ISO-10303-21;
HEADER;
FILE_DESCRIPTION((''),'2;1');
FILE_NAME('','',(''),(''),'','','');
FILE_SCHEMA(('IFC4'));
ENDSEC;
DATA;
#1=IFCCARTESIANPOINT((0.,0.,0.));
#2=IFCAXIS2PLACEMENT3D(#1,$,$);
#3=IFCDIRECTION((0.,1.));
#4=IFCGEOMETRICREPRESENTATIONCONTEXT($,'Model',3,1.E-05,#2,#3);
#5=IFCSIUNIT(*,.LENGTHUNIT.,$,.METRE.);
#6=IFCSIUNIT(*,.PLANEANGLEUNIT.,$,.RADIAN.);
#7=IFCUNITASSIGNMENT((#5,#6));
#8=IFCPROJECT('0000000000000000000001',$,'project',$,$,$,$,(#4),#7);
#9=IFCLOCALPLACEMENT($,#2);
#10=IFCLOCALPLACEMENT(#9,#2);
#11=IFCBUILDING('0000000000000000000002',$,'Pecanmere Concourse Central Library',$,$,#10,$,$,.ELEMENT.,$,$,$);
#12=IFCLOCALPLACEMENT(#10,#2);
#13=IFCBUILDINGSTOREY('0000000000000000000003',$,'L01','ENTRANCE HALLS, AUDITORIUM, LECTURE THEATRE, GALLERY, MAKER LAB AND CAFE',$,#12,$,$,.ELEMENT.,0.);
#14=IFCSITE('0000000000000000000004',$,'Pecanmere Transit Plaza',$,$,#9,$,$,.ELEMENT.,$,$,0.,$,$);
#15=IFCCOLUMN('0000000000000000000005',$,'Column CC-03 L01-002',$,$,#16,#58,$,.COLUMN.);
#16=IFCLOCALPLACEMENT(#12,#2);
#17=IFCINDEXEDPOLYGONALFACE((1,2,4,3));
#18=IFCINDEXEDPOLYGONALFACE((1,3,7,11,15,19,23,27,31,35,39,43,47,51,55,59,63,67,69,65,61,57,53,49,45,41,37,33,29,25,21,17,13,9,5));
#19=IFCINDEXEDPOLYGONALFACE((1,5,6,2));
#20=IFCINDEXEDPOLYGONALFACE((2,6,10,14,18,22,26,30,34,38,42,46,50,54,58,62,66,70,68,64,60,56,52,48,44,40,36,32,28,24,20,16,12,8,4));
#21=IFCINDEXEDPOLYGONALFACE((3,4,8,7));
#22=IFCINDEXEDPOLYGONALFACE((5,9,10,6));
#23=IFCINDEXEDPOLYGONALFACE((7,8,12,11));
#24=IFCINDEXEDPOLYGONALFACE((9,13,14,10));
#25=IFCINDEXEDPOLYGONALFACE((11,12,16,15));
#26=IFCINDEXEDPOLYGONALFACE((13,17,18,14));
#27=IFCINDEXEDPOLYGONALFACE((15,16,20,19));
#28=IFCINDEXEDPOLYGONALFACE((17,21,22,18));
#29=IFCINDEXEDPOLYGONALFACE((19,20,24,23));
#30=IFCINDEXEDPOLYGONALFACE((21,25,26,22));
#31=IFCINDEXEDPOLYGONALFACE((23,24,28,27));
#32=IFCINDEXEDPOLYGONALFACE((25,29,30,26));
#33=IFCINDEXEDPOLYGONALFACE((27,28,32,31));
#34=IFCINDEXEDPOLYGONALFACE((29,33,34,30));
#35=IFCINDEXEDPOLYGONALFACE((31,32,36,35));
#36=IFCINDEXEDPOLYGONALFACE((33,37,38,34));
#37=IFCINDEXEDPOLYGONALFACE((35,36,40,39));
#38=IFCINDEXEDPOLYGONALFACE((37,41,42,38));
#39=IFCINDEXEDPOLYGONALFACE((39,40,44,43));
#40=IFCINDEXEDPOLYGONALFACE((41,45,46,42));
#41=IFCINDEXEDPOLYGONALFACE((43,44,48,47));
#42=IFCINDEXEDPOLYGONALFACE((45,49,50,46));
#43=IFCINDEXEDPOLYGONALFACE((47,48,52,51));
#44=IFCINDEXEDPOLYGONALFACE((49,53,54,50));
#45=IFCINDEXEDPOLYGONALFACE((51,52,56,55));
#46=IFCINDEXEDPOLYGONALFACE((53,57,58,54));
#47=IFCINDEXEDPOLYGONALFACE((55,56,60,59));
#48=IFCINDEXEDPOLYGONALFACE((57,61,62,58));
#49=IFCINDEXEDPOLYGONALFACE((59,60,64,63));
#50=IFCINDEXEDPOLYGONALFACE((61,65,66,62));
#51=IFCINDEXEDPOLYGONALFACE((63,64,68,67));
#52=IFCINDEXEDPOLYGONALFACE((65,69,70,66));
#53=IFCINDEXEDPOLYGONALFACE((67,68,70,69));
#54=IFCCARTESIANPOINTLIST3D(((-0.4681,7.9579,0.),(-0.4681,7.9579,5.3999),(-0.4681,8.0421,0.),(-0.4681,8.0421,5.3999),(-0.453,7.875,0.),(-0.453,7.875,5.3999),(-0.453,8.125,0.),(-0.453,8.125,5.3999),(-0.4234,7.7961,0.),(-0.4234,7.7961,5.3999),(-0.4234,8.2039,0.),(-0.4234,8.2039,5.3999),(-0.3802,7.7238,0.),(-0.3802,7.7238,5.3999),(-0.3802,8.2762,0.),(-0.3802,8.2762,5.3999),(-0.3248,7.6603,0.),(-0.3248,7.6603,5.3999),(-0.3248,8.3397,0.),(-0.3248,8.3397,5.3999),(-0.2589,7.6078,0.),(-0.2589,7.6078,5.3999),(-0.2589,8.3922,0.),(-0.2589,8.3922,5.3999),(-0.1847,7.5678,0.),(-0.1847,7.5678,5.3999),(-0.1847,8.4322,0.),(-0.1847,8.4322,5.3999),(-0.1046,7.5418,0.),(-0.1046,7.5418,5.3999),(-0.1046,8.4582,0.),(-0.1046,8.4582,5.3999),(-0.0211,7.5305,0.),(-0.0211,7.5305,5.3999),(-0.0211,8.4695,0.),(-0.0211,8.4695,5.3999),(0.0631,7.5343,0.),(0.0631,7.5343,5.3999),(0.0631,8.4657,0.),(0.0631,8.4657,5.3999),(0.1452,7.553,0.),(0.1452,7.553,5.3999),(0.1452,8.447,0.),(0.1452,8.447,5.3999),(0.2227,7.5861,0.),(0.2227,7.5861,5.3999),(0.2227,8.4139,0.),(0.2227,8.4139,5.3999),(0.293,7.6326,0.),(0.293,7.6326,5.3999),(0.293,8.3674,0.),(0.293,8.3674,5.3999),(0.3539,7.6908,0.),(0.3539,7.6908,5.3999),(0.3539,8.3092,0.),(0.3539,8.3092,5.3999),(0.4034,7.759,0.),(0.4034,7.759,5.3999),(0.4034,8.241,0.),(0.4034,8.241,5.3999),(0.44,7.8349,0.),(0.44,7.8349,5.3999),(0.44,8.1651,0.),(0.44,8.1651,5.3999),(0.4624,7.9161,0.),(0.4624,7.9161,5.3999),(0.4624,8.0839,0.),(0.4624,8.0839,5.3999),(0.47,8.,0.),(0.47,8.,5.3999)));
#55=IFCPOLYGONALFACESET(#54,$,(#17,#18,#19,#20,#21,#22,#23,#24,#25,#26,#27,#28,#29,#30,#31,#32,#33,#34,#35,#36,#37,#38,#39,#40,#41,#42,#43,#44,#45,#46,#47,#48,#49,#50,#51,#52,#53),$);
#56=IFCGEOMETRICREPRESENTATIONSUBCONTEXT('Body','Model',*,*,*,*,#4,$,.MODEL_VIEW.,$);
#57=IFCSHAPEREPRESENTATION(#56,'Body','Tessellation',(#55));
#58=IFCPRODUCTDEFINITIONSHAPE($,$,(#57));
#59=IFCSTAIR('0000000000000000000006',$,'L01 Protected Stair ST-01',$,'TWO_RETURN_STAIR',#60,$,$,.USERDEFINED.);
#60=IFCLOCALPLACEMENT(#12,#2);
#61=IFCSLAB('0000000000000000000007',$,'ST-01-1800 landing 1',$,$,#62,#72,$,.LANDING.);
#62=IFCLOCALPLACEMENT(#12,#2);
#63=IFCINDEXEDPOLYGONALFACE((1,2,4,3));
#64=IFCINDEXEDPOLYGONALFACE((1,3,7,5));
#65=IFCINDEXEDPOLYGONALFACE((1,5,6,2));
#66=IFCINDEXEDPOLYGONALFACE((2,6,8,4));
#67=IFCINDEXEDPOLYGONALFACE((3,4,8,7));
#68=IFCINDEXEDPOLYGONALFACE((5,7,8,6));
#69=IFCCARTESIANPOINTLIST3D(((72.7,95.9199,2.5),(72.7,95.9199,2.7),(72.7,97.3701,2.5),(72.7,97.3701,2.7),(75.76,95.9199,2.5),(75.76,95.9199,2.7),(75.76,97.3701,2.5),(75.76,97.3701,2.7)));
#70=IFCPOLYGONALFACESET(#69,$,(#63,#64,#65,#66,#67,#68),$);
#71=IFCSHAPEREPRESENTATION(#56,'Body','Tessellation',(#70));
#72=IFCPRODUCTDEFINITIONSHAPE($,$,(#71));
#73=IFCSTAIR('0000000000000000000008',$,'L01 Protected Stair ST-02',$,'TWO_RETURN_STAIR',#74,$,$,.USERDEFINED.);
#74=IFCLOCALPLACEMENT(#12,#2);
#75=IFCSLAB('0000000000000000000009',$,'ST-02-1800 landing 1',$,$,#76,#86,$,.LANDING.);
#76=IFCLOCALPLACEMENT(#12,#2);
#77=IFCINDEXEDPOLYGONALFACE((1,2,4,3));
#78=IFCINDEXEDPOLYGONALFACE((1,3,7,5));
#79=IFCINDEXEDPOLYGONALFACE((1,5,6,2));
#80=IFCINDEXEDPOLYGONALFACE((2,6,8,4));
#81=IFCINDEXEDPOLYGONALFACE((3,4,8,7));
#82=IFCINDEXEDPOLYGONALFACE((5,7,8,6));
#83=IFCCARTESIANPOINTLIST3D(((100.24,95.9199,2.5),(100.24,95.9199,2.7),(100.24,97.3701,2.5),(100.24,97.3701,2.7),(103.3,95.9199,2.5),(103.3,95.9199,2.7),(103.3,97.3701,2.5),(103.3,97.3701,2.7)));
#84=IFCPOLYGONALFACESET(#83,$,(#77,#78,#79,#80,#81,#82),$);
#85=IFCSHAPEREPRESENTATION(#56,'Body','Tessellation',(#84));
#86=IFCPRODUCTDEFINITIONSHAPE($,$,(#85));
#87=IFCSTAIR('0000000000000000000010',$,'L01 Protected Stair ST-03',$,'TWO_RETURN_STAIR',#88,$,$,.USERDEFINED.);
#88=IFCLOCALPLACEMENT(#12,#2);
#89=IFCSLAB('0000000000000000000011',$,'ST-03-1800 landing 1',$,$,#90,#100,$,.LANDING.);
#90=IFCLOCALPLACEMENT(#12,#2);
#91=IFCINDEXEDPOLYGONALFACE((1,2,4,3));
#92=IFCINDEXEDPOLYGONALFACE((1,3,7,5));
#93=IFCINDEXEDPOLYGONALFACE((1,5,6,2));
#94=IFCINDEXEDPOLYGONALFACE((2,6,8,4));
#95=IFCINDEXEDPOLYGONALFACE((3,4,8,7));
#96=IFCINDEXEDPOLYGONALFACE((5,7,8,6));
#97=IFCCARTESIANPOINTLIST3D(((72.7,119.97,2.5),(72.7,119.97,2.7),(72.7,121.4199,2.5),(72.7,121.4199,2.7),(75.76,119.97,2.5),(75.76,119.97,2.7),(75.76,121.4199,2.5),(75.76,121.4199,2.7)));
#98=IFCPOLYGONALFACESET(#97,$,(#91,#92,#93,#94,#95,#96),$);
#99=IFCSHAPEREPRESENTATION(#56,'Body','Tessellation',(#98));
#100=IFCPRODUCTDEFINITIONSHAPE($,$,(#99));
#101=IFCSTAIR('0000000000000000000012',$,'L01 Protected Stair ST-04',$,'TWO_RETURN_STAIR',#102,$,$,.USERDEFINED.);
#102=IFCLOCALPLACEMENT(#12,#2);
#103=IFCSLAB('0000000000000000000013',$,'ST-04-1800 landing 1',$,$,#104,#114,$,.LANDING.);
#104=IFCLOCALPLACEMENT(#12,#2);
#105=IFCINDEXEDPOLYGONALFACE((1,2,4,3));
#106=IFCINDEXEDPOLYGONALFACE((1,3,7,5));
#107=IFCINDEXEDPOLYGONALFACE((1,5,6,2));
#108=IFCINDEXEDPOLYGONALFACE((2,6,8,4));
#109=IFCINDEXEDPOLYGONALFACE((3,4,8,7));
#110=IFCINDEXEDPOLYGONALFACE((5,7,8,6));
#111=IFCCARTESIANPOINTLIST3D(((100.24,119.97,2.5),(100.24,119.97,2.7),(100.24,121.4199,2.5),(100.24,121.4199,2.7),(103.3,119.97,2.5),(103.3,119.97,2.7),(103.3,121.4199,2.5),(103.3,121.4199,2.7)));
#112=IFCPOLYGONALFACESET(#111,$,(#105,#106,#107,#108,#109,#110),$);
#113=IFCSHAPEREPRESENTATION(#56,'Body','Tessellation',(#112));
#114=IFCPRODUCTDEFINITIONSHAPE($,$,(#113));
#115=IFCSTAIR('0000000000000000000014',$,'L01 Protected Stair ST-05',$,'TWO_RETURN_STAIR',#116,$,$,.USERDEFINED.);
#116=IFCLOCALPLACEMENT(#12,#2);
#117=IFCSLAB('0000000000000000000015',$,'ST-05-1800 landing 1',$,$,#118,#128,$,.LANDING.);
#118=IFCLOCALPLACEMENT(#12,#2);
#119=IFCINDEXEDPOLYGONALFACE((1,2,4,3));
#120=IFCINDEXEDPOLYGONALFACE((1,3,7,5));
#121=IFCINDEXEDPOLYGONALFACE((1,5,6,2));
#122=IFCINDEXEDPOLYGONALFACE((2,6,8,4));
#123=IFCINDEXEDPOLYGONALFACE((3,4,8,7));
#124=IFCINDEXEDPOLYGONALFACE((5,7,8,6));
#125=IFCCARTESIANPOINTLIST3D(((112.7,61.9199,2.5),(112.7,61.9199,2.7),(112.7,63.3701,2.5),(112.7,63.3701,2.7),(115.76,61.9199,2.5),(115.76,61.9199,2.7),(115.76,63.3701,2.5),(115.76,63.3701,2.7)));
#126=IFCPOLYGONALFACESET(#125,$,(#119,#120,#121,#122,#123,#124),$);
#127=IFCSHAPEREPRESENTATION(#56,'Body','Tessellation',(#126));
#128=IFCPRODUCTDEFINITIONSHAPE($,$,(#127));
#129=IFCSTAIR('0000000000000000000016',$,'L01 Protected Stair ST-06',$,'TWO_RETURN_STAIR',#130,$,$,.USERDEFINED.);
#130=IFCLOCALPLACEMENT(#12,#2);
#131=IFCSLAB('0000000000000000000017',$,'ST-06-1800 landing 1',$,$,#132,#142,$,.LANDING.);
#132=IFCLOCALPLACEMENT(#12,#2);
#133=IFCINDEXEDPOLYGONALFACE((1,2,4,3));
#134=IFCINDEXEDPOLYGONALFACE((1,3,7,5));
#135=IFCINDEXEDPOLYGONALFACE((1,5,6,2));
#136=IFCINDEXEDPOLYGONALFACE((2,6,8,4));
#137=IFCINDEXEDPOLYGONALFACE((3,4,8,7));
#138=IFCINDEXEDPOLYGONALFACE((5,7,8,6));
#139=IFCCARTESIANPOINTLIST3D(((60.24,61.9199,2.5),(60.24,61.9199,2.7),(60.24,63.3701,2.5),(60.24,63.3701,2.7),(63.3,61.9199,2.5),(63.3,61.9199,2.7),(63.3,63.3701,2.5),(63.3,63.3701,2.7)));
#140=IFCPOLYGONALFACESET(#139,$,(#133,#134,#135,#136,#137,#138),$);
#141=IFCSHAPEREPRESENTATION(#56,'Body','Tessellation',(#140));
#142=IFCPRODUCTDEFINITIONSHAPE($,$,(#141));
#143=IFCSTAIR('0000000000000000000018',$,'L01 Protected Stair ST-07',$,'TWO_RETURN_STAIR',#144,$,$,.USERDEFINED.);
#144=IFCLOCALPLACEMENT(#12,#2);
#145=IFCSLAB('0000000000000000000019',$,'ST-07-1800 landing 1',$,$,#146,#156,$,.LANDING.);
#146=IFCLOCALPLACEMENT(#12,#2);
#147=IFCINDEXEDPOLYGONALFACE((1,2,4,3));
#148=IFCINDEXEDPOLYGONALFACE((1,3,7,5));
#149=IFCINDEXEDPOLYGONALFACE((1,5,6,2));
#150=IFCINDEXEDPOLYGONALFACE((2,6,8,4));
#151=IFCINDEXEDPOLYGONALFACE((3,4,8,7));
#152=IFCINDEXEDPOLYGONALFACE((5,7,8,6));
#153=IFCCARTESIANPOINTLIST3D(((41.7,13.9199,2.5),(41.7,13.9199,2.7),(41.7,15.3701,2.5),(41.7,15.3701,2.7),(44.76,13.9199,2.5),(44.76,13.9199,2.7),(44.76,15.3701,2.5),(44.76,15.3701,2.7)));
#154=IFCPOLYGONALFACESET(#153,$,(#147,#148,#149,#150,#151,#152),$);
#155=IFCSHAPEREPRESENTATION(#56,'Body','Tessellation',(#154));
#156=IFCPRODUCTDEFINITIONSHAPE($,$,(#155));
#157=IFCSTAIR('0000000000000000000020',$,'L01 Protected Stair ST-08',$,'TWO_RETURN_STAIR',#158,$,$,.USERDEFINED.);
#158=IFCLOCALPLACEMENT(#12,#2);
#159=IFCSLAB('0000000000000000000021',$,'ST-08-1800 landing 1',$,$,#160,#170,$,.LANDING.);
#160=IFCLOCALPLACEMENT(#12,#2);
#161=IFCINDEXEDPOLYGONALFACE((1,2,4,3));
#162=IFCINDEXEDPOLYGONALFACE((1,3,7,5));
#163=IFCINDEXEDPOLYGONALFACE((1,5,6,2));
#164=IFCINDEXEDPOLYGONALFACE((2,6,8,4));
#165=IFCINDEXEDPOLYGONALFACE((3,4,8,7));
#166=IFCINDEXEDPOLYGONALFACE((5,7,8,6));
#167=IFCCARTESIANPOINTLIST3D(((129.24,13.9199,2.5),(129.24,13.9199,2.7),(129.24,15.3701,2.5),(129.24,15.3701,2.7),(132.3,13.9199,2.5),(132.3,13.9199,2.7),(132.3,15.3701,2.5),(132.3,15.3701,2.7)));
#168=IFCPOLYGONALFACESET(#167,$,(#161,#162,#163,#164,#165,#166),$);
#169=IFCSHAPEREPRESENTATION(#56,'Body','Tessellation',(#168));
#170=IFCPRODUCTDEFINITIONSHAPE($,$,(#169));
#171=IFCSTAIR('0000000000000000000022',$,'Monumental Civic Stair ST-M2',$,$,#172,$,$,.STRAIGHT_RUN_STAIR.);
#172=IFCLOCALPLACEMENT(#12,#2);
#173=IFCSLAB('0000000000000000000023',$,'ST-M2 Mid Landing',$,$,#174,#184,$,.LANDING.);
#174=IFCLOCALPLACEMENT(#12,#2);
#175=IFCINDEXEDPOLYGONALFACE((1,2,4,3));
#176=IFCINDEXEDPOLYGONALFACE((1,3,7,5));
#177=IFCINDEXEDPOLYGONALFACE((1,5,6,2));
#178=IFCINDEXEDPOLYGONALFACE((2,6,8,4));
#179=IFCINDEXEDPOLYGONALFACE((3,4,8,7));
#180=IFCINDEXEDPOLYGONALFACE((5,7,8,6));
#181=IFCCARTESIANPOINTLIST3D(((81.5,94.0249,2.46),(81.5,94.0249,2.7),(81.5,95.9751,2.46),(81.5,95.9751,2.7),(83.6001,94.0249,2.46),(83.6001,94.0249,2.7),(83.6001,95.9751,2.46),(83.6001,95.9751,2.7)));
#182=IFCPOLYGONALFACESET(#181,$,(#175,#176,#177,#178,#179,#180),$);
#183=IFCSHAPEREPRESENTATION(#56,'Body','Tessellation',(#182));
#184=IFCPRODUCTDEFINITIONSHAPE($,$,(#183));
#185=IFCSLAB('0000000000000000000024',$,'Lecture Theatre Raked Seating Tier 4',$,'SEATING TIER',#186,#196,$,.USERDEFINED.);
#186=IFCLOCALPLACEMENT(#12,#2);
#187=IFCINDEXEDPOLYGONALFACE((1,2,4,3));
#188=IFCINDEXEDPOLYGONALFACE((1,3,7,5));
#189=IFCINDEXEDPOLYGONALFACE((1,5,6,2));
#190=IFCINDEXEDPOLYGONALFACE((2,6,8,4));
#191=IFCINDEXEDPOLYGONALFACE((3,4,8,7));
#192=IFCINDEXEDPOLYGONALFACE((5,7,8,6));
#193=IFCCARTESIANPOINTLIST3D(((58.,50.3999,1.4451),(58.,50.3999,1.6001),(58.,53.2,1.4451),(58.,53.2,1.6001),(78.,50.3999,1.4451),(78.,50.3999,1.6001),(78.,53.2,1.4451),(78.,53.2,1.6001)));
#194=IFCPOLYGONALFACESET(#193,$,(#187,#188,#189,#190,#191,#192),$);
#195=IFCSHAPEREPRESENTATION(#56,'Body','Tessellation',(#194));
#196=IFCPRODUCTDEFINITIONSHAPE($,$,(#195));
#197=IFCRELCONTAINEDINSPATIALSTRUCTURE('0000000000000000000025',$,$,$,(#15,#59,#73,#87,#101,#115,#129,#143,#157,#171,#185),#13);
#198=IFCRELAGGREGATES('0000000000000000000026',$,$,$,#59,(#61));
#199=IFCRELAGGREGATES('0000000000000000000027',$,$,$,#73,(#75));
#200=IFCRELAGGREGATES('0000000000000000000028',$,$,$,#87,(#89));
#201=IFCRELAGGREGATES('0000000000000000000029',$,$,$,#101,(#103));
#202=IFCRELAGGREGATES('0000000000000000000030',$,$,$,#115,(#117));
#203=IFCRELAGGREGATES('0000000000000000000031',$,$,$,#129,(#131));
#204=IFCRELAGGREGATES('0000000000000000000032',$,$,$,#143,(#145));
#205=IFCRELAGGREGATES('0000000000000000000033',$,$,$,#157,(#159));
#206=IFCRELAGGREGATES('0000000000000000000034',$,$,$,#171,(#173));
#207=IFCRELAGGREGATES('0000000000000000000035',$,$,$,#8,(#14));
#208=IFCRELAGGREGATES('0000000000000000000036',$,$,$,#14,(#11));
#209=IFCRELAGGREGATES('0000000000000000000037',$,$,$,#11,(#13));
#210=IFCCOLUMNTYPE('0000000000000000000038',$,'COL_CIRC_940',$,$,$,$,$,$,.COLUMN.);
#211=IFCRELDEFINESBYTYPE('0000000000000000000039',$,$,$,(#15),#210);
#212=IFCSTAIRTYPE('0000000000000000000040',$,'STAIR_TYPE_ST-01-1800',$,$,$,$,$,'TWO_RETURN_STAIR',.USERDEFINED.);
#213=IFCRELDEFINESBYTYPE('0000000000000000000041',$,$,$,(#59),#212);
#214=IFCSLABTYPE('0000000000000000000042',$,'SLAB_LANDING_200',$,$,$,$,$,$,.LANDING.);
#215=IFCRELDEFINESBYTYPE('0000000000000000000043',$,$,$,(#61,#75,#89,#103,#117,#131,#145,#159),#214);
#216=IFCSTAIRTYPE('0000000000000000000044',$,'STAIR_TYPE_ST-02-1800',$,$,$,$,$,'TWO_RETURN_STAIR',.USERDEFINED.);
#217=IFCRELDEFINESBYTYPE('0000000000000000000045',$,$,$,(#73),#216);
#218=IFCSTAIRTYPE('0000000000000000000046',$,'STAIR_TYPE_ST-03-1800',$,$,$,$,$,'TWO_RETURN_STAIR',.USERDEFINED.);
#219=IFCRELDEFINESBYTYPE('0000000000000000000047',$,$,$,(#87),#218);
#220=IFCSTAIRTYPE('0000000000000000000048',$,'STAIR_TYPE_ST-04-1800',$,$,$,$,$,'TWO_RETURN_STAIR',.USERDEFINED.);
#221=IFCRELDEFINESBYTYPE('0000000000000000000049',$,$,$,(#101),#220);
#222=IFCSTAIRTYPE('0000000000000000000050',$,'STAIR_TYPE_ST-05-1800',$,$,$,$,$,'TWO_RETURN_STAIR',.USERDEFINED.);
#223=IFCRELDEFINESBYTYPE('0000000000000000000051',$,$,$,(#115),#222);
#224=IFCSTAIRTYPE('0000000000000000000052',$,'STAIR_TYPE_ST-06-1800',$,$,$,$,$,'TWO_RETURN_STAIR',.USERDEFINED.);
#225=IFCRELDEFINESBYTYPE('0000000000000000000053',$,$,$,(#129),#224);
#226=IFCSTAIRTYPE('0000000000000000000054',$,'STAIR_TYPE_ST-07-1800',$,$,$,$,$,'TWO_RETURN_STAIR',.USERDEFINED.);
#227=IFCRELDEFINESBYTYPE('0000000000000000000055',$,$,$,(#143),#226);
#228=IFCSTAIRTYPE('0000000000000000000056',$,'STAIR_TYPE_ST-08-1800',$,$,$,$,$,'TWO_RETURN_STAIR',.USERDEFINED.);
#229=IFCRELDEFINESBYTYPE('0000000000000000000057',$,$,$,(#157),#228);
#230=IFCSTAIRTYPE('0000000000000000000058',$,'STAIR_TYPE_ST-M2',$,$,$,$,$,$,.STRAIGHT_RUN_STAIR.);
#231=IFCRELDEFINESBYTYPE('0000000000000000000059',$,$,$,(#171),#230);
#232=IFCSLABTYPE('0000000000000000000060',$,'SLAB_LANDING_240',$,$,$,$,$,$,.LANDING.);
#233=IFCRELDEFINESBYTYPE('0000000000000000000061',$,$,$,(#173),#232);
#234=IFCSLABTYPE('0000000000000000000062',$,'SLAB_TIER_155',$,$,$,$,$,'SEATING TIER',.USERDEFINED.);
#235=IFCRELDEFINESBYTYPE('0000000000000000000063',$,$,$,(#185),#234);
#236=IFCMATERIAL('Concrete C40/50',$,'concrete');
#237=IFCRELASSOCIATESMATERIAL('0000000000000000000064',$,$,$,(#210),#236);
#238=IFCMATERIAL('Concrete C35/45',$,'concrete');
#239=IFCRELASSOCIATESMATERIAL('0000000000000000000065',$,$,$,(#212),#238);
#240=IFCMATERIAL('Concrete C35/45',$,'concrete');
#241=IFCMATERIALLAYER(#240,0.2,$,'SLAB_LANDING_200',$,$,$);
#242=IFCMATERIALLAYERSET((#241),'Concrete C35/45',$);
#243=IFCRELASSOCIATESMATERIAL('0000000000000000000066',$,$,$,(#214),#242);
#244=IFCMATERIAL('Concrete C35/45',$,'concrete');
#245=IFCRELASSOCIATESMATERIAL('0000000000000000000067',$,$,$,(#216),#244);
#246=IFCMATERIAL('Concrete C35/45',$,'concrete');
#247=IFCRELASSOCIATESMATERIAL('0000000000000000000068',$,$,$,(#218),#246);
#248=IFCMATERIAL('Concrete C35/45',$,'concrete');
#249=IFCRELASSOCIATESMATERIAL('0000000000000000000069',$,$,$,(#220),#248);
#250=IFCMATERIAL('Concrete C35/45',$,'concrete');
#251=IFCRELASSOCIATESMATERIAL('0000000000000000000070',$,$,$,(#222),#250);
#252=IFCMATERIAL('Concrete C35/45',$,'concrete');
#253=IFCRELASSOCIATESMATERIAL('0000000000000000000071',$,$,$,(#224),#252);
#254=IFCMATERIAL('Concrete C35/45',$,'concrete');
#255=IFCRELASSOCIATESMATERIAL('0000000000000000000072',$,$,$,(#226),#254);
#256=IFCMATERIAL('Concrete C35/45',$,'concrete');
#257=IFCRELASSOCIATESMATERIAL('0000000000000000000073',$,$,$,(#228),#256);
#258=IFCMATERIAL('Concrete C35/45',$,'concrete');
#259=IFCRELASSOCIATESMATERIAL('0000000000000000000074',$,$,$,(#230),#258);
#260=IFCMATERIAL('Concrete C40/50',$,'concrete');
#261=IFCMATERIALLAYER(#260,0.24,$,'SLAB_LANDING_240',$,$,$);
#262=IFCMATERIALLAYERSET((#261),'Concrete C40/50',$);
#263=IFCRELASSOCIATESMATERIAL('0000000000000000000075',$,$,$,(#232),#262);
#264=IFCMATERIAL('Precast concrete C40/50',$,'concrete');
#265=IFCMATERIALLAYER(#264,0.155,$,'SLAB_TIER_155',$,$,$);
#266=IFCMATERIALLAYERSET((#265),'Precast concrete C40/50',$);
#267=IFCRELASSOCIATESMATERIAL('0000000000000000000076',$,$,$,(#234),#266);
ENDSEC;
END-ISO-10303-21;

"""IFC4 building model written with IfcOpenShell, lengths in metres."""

from ifc_helpers import new_model, si_unit, direction, frame, origin, origin_2d, place, context, subcontext, project, spatial, polyline, circle, outline, extrude, material, layer, layer_set, material_profile, profile_set, type_object, element, aggregate, save


model = new_model("IFC4")

# Units and contexts
model_context = context("Model", 3, precision=1e-05, world=origin(), true_north=direction((0.0, 1.0)))
body_context = subcontext(model_context, "Body", "Model", "MODEL_VIEW")
ifc_project = project(units=[si_unit("LENGTHUNIT", "METRE"), si_unit("PLANEANGLEUNIT", "RADIAN")], contexts=[model_context])

# Site, building, storey
site_placement = place(None, origin())
site = spatial("IfcSite", under=ifc_project, at=site_placement, Name="Pecanmere Transit Plaza", CompositionType="ELEMENT", RefElevation=0.0)
building_placement = place(site_placement, origin())
building = spatial("IfcBuilding", under=site, at=building_placement, Name="Pecanmere Concourse Central Library", CompositionType="ELEMENT")
storey_placement = place(building_placement, origin())
storey = spatial("IfcBuildingStorey", under=building, at=storey_placement, Name="L01", Description="ENTRANCE HALLS, AUDITORIUM, LECTURE THEATRE, GALLERY, MAKER LAB AND CAFE", CompositionType="ELEMENT", Elevation=0.0)

# Column
ifc_material_1 = material(Name="Concrete C40/50", Category="concrete")
ifc_material_profile = material_profile(ifc_material_1, circle(Radius=0.47, at=origin_2d()), Name="RC D940")
ifc_profile_set = profile_set([ifc_material_profile], Name="Concrete C40/50")
column_type = type_object("IfcColumnType", Name="COL_CIRC_940", PredefinedType="COLUMN", material=ifc_profile_set)
column_placement = place(storey_placement, frame((0.0, 8.0, 0.0), z_axis=(0.0, 0.0, 1.0), x_axis=(1.0, 0.0, 0.0)))
element("IfcColumn", 1, at=column_placement, inside=storey, type_object=column_type, Name="Column CC-03 L01-002", PredefinedType="COLUMN", context=body_context, shape_type="SweptSolid", body=[
    extrude(circle(Radius=0.47, at=origin_2d()), origin(), (0.0, 0.0, 1.0), 5.3999),
])

# Stairs, slabs
ifc_material_2 = material(Name="Concrete C35/45", Category="concrete")
stair_type_1 = type_object("IfcStairType", Name="STAIR_TYPE_ST-01-1800", ElementType="TWO_RETURN_STAIR", PredefinedType="USERDEFINED", material=ifc_material_2)
stair_1_placement = place(storey_placement, origin())
stair_1 = element("IfcStair", 2, at=stair_1_placement, inside=storey, type_object=stair_type_1, Name="L01 Protected Stair ST-01", ObjectType="TWO_RETURN_STAIR", PredefinedType="USERDEFINED")
ifc_material_3 = material(Name="Concrete C35/45", Category="concrete")
ifc_layer_1 = layer(ifc_material_3, 0.2, Name="SLAB_LANDING_200")
ifc_layer_set_1 = layer_set([ifc_layer_1], Name="Concrete C35/45")
slab_type_1 = type_object("IfcSlabType", Name="SLAB_LANDING_200", PredefinedType="LANDING", material=ifc_layer_set_1)
slab_1_placement = place(storey_placement, frame((0.0, 0.0, 2.5)))
slab_1 = element("IfcSlab", 3, at=slab_1_placement, type_object=slab_type_1, Name="ST-01-1800 landing 1", PredefinedType="LANDING", context=body_context, shape_type="SweptSolid", body=[
    extrude(outline(polyline([(75.76, 95.9199), (75.76, 97.3701), (72.7, 97.3701), (72.7, 95.9199), (75.76, 95.9199)])), origin(), (0.0, 0.0, 1.0), 0.2),
])
aggregate(stair_1, [slab_1])
ifc_material_4 = material(Name="Concrete C35/45", Category="concrete")
stair_type_2 = type_object("IfcStairType", Name="STAIR_TYPE_ST-02-1800", ElementType="TWO_RETURN_STAIR", PredefinedType="USERDEFINED", material=ifc_material_4)
stair_2_placement = place(storey_placement, origin())
stair_2 = element("IfcStair", 4, at=stair_2_placement, inside=storey, type_object=stair_type_2, Name="L01 Protected Stair ST-02", ObjectType="TWO_RETURN_STAIR", PredefinedType="USERDEFINED")
slab_2_placement = place(storey_placement, frame((0.0, 0.0, 2.5)))
slab_2 = element("IfcSlab", 5, at=slab_2_placement, type_object=slab_type_1, Name="ST-02-1800 landing 1", PredefinedType="LANDING", context=body_context, shape_type="SweptSolid", body=[
    extrude(outline(polyline([(103.3, 95.9199), (103.3, 97.3701), (100.24, 97.3701), (100.24, 95.9199), (103.3, 95.9199)])), origin(), (0.0, 0.0, 1.0), 0.2),
])
aggregate(stair_2, [slab_2])
ifc_material_5 = material(Name="Concrete C35/45", Category="concrete")
stair_type_3 = type_object("IfcStairType", Name="STAIR_TYPE_ST-03-1800", ElementType="TWO_RETURN_STAIR", PredefinedType="USERDEFINED", material=ifc_material_5)
stair_3_placement = place(storey_placement, origin())
stair_3 = element("IfcStair", 6, at=stair_3_placement, inside=storey, type_object=stair_type_3, Name="L01 Protected Stair ST-03", ObjectType="TWO_RETURN_STAIR", PredefinedType="USERDEFINED")
slab_3_placement = place(storey_placement, frame((0.0, 0.0, 2.5)))
slab_3 = element("IfcSlab", 7, at=slab_3_placement, type_object=slab_type_1, Name="ST-03-1800 landing 1", PredefinedType="LANDING", context=body_context, shape_type="SweptSolid", body=[
    extrude(outline(polyline([(75.76, 119.97), (75.76, 121.4199), (72.7, 121.4199), (72.7, 119.97), (75.76, 119.97)])), origin(), (0.0, 0.0, 1.0), 0.2),
])
aggregate(stair_3, [slab_3])
ifc_material_6 = material(Name="Concrete C35/45", Category="concrete")
stair_type_4 = type_object("IfcStairType", Name="STAIR_TYPE_ST-04-1800", ElementType="TWO_RETURN_STAIR", PredefinedType="USERDEFINED", material=ifc_material_6)
stair_4_placement = place(storey_placement, origin())
stair_4 = element("IfcStair", 8, at=stair_4_placement, inside=storey, type_object=stair_type_4, Name="L01 Protected Stair ST-04", ObjectType="TWO_RETURN_STAIR", PredefinedType="USERDEFINED")
slab_4_placement = place(storey_placement, frame((0.0, 0.0, 2.5)))
slab_4 = element("IfcSlab", 9, at=slab_4_placement, type_object=slab_type_1, Name="ST-04-1800 landing 1", PredefinedType="LANDING", context=body_context, shape_type="SweptSolid", body=[
    extrude(outline(polyline([(103.3, 119.97), (103.3, 121.4199), (100.24, 121.4199), (100.24, 119.97), (103.3, 119.97)])), origin(), (0.0, 0.0, 1.0), 0.2),
])
aggregate(stair_4, [slab_4])
ifc_material_7 = material(Name="Concrete C35/45", Category="concrete")
stair_type_5 = type_object("IfcStairType", Name="STAIR_TYPE_ST-05-1800", ElementType="TWO_RETURN_STAIR", PredefinedType="USERDEFINED", material=ifc_material_7)
stair_5_placement = place(storey_placement, origin())
stair_5 = element("IfcStair", 10, at=stair_5_placement, inside=storey, type_object=stair_type_5, Name="L01 Protected Stair ST-05", ObjectType="TWO_RETURN_STAIR", PredefinedType="USERDEFINED")
slab_5_placement = place(storey_placement, frame((0.0, 0.0, 2.5)))
slab_5 = element("IfcSlab", 11, at=slab_5_placement, type_object=slab_type_1, Name="ST-05-1800 landing 1", PredefinedType="LANDING", context=body_context, shape_type="SweptSolid", body=[
    extrude(outline(polyline([(115.76, 61.9199), (115.76, 63.3701), (112.7, 63.3701), (112.7, 61.9199), (115.76, 61.9199)])), origin(), (0.0, 0.0, 1.0), 0.2),
])
aggregate(stair_5, [slab_5])
ifc_material_8 = material(Name="Concrete C35/45", Category="concrete")
stair_type_6 = type_object("IfcStairType", Name="STAIR_TYPE_ST-06-1800", ElementType="TWO_RETURN_STAIR", PredefinedType="USERDEFINED", material=ifc_material_8)
stair_6_placement = place(storey_placement, origin())
stair_6 = element("IfcStair", 12, at=stair_6_placement, inside=storey, type_object=stair_type_6, Name="L01 Protected Stair ST-06", ObjectType="TWO_RETURN_STAIR", PredefinedType="USERDEFINED")
slab_6_placement = place(storey_placement, frame((0.0, 0.0, 2.5)))
slab_6 = element("IfcSlab", 13, at=slab_6_placement, type_object=slab_type_1, Name="ST-06-1800 landing 1", PredefinedType="LANDING", context=body_context, shape_type="SweptSolid", body=[
    extrude(outline(polyline([(63.3, 61.9199), (63.3, 63.3701), (60.24, 63.3701), (60.24, 61.9199), (63.3, 61.9199)])), origin(), (0.0, 0.0, 1.0), 0.2),
])
aggregate(stair_6, [slab_6])
ifc_material_9 = material(Name="Concrete C35/45", Category="concrete")
stair_type_7 = type_object("IfcStairType", Name="STAIR_TYPE_ST-07-1800", ElementType="TWO_RETURN_STAIR", PredefinedType="USERDEFINED", material=ifc_material_9)
stair_7_placement = place(storey_placement, origin())
stair_7 = element("IfcStair", 14, at=stair_7_placement, inside=storey, type_object=stair_type_7, Name="L01 Protected Stair ST-07", ObjectType="TWO_RETURN_STAIR", PredefinedType="USERDEFINED")
slab_7_placement = place(storey_placement, frame((0.0, 0.0, 2.5)))
slab_7 = element("IfcSlab", 15, at=slab_7_placement, type_object=slab_type_1, Name="ST-07-1800 landing 1", PredefinedType="LANDING", context=body_context, shape_type="SweptSolid", body=[
    extrude(outline(polyline([(44.76, 13.9199), (44.76, 15.3701), (41.7, 15.3701), (41.7, 13.9199), (44.76, 13.9199)])), origin(), (0.0, 0.0, 1.0), 0.2),
])
aggregate(stair_7, [slab_7])
ifc_material_10 = material(Name="Concrete C35/45", Category="concrete")
stair_type_8 = type_object("IfcStairType", Name="STAIR_TYPE_ST-08-1800", ElementType="TWO_RETURN_STAIR", PredefinedType="USERDEFINED", material=ifc_material_10)
stair_8_placement = place(storey_placement, origin())
stair_8 = element("IfcStair", 16, at=stair_8_placement, inside=storey, type_object=stair_type_8, Name="L01 Protected Stair ST-08", ObjectType="TWO_RETURN_STAIR", PredefinedType="USERDEFINED")
slab_8_placement = place(storey_placement, frame((0.0, 0.0, 2.5)))
slab_8 = element("IfcSlab", 17, at=slab_8_placement, type_object=slab_type_1, Name="ST-08-1800 landing 1", PredefinedType="LANDING", context=body_context, shape_type="SweptSolid", body=[
    extrude(outline(polyline([(132.3, 13.9199), (132.3, 15.3701), (129.24, 15.3701), (129.24, 13.9199), (132.3, 13.9199)])), origin(), (0.0, 0.0, 1.0), 0.2),
])
aggregate(stair_8, [slab_8])
ifc_material_11 = material(Name="Concrete C35/45", Category="concrete")
stair_type_9 = type_object("IfcStairType", Name="STAIR_TYPE_ST-M2", PredefinedType="STRAIGHT_RUN_STAIR", material=ifc_material_11)
stair_9_placement = place(storey_placement, origin())
stair_9 = element("IfcStair", 18, at=stair_9_placement, inside=storey, type_object=stair_type_9, Name="Monumental Civic Stair ST-M2", PredefinedType="STRAIGHT_RUN_STAIR")
ifc_material_12 = material(Name="Concrete C40/50", Category="concrete")
ifc_layer_2 = layer(ifc_material_12, 0.24, Name="SLAB_LANDING_240")
ifc_layer_set_2 = layer_set([ifc_layer_2], Name="Concrete C40/50")
slab_type_2 = type_object("IfcSlabType", Name="SLAB_LANDING_240", PredefinedType="LANDING", material=ifc_layer_set_2)
slab_9_placement = place(storey_placement, frame((0.0, 0.0, 2.46)))
slab_9 = element("IfcSlab", 19, at=slab_9_placement, type_object=slab_type_2, Name="ST-M2 Mid Landing", PredefinedType="LANDING", context=body_context, shape_type="SweptSolid", body=[
    extrude(outline(polyline([(81.5, 94.0249), (83.6001, 94.0249), (83.6001, 95.9751), (81.5, 95.9751), (81.5, 94.0249)])), origin(), (0.0, 0.0, 1.0), 0.24),
])
aggregate(stair_9, [slab_9])

# Slab
ifc_material_13 = material(Name="Precast concrete C40/50", Category="concrete")
ifc_layer_3 = layer(ifc_material_13, 0.155, Name="SLAB_TIER_155")
ifc_layer_set_3 = layer_set([ifc_layer_3], Name="Precast concrete C40/50")
slab_type_3 = type_object("IfcSlabType", Name="SLAB_TIER_155", ElementType="SEATING TIER", PredefinedType="USERDEFINED", material=ifc_layer_set_3)
slab_10_placement = place(storey_placement, frame((0.0, 0.0, 1.4451)))
element("IfcSlab", 20, at=slab_10_placement, inside=storey, type_object=slab_type_3, Name="Lecture Theatre Raked Seating Tier 4", ObjectType="SEATING TIER", PredefinedType="USERDEFINED", context=body_context, shape_type="SweptSolid", body=[
    extrude(outline(polyline([(58.0, 50.3999), (78.0, 50.3999), (78.0, 53.2), (58.0, 53.2), (58.0, 50.3999)])), origin(), (0.0, 0.0, 1.0), 0.155),
])

save(model, "model.ifc")
